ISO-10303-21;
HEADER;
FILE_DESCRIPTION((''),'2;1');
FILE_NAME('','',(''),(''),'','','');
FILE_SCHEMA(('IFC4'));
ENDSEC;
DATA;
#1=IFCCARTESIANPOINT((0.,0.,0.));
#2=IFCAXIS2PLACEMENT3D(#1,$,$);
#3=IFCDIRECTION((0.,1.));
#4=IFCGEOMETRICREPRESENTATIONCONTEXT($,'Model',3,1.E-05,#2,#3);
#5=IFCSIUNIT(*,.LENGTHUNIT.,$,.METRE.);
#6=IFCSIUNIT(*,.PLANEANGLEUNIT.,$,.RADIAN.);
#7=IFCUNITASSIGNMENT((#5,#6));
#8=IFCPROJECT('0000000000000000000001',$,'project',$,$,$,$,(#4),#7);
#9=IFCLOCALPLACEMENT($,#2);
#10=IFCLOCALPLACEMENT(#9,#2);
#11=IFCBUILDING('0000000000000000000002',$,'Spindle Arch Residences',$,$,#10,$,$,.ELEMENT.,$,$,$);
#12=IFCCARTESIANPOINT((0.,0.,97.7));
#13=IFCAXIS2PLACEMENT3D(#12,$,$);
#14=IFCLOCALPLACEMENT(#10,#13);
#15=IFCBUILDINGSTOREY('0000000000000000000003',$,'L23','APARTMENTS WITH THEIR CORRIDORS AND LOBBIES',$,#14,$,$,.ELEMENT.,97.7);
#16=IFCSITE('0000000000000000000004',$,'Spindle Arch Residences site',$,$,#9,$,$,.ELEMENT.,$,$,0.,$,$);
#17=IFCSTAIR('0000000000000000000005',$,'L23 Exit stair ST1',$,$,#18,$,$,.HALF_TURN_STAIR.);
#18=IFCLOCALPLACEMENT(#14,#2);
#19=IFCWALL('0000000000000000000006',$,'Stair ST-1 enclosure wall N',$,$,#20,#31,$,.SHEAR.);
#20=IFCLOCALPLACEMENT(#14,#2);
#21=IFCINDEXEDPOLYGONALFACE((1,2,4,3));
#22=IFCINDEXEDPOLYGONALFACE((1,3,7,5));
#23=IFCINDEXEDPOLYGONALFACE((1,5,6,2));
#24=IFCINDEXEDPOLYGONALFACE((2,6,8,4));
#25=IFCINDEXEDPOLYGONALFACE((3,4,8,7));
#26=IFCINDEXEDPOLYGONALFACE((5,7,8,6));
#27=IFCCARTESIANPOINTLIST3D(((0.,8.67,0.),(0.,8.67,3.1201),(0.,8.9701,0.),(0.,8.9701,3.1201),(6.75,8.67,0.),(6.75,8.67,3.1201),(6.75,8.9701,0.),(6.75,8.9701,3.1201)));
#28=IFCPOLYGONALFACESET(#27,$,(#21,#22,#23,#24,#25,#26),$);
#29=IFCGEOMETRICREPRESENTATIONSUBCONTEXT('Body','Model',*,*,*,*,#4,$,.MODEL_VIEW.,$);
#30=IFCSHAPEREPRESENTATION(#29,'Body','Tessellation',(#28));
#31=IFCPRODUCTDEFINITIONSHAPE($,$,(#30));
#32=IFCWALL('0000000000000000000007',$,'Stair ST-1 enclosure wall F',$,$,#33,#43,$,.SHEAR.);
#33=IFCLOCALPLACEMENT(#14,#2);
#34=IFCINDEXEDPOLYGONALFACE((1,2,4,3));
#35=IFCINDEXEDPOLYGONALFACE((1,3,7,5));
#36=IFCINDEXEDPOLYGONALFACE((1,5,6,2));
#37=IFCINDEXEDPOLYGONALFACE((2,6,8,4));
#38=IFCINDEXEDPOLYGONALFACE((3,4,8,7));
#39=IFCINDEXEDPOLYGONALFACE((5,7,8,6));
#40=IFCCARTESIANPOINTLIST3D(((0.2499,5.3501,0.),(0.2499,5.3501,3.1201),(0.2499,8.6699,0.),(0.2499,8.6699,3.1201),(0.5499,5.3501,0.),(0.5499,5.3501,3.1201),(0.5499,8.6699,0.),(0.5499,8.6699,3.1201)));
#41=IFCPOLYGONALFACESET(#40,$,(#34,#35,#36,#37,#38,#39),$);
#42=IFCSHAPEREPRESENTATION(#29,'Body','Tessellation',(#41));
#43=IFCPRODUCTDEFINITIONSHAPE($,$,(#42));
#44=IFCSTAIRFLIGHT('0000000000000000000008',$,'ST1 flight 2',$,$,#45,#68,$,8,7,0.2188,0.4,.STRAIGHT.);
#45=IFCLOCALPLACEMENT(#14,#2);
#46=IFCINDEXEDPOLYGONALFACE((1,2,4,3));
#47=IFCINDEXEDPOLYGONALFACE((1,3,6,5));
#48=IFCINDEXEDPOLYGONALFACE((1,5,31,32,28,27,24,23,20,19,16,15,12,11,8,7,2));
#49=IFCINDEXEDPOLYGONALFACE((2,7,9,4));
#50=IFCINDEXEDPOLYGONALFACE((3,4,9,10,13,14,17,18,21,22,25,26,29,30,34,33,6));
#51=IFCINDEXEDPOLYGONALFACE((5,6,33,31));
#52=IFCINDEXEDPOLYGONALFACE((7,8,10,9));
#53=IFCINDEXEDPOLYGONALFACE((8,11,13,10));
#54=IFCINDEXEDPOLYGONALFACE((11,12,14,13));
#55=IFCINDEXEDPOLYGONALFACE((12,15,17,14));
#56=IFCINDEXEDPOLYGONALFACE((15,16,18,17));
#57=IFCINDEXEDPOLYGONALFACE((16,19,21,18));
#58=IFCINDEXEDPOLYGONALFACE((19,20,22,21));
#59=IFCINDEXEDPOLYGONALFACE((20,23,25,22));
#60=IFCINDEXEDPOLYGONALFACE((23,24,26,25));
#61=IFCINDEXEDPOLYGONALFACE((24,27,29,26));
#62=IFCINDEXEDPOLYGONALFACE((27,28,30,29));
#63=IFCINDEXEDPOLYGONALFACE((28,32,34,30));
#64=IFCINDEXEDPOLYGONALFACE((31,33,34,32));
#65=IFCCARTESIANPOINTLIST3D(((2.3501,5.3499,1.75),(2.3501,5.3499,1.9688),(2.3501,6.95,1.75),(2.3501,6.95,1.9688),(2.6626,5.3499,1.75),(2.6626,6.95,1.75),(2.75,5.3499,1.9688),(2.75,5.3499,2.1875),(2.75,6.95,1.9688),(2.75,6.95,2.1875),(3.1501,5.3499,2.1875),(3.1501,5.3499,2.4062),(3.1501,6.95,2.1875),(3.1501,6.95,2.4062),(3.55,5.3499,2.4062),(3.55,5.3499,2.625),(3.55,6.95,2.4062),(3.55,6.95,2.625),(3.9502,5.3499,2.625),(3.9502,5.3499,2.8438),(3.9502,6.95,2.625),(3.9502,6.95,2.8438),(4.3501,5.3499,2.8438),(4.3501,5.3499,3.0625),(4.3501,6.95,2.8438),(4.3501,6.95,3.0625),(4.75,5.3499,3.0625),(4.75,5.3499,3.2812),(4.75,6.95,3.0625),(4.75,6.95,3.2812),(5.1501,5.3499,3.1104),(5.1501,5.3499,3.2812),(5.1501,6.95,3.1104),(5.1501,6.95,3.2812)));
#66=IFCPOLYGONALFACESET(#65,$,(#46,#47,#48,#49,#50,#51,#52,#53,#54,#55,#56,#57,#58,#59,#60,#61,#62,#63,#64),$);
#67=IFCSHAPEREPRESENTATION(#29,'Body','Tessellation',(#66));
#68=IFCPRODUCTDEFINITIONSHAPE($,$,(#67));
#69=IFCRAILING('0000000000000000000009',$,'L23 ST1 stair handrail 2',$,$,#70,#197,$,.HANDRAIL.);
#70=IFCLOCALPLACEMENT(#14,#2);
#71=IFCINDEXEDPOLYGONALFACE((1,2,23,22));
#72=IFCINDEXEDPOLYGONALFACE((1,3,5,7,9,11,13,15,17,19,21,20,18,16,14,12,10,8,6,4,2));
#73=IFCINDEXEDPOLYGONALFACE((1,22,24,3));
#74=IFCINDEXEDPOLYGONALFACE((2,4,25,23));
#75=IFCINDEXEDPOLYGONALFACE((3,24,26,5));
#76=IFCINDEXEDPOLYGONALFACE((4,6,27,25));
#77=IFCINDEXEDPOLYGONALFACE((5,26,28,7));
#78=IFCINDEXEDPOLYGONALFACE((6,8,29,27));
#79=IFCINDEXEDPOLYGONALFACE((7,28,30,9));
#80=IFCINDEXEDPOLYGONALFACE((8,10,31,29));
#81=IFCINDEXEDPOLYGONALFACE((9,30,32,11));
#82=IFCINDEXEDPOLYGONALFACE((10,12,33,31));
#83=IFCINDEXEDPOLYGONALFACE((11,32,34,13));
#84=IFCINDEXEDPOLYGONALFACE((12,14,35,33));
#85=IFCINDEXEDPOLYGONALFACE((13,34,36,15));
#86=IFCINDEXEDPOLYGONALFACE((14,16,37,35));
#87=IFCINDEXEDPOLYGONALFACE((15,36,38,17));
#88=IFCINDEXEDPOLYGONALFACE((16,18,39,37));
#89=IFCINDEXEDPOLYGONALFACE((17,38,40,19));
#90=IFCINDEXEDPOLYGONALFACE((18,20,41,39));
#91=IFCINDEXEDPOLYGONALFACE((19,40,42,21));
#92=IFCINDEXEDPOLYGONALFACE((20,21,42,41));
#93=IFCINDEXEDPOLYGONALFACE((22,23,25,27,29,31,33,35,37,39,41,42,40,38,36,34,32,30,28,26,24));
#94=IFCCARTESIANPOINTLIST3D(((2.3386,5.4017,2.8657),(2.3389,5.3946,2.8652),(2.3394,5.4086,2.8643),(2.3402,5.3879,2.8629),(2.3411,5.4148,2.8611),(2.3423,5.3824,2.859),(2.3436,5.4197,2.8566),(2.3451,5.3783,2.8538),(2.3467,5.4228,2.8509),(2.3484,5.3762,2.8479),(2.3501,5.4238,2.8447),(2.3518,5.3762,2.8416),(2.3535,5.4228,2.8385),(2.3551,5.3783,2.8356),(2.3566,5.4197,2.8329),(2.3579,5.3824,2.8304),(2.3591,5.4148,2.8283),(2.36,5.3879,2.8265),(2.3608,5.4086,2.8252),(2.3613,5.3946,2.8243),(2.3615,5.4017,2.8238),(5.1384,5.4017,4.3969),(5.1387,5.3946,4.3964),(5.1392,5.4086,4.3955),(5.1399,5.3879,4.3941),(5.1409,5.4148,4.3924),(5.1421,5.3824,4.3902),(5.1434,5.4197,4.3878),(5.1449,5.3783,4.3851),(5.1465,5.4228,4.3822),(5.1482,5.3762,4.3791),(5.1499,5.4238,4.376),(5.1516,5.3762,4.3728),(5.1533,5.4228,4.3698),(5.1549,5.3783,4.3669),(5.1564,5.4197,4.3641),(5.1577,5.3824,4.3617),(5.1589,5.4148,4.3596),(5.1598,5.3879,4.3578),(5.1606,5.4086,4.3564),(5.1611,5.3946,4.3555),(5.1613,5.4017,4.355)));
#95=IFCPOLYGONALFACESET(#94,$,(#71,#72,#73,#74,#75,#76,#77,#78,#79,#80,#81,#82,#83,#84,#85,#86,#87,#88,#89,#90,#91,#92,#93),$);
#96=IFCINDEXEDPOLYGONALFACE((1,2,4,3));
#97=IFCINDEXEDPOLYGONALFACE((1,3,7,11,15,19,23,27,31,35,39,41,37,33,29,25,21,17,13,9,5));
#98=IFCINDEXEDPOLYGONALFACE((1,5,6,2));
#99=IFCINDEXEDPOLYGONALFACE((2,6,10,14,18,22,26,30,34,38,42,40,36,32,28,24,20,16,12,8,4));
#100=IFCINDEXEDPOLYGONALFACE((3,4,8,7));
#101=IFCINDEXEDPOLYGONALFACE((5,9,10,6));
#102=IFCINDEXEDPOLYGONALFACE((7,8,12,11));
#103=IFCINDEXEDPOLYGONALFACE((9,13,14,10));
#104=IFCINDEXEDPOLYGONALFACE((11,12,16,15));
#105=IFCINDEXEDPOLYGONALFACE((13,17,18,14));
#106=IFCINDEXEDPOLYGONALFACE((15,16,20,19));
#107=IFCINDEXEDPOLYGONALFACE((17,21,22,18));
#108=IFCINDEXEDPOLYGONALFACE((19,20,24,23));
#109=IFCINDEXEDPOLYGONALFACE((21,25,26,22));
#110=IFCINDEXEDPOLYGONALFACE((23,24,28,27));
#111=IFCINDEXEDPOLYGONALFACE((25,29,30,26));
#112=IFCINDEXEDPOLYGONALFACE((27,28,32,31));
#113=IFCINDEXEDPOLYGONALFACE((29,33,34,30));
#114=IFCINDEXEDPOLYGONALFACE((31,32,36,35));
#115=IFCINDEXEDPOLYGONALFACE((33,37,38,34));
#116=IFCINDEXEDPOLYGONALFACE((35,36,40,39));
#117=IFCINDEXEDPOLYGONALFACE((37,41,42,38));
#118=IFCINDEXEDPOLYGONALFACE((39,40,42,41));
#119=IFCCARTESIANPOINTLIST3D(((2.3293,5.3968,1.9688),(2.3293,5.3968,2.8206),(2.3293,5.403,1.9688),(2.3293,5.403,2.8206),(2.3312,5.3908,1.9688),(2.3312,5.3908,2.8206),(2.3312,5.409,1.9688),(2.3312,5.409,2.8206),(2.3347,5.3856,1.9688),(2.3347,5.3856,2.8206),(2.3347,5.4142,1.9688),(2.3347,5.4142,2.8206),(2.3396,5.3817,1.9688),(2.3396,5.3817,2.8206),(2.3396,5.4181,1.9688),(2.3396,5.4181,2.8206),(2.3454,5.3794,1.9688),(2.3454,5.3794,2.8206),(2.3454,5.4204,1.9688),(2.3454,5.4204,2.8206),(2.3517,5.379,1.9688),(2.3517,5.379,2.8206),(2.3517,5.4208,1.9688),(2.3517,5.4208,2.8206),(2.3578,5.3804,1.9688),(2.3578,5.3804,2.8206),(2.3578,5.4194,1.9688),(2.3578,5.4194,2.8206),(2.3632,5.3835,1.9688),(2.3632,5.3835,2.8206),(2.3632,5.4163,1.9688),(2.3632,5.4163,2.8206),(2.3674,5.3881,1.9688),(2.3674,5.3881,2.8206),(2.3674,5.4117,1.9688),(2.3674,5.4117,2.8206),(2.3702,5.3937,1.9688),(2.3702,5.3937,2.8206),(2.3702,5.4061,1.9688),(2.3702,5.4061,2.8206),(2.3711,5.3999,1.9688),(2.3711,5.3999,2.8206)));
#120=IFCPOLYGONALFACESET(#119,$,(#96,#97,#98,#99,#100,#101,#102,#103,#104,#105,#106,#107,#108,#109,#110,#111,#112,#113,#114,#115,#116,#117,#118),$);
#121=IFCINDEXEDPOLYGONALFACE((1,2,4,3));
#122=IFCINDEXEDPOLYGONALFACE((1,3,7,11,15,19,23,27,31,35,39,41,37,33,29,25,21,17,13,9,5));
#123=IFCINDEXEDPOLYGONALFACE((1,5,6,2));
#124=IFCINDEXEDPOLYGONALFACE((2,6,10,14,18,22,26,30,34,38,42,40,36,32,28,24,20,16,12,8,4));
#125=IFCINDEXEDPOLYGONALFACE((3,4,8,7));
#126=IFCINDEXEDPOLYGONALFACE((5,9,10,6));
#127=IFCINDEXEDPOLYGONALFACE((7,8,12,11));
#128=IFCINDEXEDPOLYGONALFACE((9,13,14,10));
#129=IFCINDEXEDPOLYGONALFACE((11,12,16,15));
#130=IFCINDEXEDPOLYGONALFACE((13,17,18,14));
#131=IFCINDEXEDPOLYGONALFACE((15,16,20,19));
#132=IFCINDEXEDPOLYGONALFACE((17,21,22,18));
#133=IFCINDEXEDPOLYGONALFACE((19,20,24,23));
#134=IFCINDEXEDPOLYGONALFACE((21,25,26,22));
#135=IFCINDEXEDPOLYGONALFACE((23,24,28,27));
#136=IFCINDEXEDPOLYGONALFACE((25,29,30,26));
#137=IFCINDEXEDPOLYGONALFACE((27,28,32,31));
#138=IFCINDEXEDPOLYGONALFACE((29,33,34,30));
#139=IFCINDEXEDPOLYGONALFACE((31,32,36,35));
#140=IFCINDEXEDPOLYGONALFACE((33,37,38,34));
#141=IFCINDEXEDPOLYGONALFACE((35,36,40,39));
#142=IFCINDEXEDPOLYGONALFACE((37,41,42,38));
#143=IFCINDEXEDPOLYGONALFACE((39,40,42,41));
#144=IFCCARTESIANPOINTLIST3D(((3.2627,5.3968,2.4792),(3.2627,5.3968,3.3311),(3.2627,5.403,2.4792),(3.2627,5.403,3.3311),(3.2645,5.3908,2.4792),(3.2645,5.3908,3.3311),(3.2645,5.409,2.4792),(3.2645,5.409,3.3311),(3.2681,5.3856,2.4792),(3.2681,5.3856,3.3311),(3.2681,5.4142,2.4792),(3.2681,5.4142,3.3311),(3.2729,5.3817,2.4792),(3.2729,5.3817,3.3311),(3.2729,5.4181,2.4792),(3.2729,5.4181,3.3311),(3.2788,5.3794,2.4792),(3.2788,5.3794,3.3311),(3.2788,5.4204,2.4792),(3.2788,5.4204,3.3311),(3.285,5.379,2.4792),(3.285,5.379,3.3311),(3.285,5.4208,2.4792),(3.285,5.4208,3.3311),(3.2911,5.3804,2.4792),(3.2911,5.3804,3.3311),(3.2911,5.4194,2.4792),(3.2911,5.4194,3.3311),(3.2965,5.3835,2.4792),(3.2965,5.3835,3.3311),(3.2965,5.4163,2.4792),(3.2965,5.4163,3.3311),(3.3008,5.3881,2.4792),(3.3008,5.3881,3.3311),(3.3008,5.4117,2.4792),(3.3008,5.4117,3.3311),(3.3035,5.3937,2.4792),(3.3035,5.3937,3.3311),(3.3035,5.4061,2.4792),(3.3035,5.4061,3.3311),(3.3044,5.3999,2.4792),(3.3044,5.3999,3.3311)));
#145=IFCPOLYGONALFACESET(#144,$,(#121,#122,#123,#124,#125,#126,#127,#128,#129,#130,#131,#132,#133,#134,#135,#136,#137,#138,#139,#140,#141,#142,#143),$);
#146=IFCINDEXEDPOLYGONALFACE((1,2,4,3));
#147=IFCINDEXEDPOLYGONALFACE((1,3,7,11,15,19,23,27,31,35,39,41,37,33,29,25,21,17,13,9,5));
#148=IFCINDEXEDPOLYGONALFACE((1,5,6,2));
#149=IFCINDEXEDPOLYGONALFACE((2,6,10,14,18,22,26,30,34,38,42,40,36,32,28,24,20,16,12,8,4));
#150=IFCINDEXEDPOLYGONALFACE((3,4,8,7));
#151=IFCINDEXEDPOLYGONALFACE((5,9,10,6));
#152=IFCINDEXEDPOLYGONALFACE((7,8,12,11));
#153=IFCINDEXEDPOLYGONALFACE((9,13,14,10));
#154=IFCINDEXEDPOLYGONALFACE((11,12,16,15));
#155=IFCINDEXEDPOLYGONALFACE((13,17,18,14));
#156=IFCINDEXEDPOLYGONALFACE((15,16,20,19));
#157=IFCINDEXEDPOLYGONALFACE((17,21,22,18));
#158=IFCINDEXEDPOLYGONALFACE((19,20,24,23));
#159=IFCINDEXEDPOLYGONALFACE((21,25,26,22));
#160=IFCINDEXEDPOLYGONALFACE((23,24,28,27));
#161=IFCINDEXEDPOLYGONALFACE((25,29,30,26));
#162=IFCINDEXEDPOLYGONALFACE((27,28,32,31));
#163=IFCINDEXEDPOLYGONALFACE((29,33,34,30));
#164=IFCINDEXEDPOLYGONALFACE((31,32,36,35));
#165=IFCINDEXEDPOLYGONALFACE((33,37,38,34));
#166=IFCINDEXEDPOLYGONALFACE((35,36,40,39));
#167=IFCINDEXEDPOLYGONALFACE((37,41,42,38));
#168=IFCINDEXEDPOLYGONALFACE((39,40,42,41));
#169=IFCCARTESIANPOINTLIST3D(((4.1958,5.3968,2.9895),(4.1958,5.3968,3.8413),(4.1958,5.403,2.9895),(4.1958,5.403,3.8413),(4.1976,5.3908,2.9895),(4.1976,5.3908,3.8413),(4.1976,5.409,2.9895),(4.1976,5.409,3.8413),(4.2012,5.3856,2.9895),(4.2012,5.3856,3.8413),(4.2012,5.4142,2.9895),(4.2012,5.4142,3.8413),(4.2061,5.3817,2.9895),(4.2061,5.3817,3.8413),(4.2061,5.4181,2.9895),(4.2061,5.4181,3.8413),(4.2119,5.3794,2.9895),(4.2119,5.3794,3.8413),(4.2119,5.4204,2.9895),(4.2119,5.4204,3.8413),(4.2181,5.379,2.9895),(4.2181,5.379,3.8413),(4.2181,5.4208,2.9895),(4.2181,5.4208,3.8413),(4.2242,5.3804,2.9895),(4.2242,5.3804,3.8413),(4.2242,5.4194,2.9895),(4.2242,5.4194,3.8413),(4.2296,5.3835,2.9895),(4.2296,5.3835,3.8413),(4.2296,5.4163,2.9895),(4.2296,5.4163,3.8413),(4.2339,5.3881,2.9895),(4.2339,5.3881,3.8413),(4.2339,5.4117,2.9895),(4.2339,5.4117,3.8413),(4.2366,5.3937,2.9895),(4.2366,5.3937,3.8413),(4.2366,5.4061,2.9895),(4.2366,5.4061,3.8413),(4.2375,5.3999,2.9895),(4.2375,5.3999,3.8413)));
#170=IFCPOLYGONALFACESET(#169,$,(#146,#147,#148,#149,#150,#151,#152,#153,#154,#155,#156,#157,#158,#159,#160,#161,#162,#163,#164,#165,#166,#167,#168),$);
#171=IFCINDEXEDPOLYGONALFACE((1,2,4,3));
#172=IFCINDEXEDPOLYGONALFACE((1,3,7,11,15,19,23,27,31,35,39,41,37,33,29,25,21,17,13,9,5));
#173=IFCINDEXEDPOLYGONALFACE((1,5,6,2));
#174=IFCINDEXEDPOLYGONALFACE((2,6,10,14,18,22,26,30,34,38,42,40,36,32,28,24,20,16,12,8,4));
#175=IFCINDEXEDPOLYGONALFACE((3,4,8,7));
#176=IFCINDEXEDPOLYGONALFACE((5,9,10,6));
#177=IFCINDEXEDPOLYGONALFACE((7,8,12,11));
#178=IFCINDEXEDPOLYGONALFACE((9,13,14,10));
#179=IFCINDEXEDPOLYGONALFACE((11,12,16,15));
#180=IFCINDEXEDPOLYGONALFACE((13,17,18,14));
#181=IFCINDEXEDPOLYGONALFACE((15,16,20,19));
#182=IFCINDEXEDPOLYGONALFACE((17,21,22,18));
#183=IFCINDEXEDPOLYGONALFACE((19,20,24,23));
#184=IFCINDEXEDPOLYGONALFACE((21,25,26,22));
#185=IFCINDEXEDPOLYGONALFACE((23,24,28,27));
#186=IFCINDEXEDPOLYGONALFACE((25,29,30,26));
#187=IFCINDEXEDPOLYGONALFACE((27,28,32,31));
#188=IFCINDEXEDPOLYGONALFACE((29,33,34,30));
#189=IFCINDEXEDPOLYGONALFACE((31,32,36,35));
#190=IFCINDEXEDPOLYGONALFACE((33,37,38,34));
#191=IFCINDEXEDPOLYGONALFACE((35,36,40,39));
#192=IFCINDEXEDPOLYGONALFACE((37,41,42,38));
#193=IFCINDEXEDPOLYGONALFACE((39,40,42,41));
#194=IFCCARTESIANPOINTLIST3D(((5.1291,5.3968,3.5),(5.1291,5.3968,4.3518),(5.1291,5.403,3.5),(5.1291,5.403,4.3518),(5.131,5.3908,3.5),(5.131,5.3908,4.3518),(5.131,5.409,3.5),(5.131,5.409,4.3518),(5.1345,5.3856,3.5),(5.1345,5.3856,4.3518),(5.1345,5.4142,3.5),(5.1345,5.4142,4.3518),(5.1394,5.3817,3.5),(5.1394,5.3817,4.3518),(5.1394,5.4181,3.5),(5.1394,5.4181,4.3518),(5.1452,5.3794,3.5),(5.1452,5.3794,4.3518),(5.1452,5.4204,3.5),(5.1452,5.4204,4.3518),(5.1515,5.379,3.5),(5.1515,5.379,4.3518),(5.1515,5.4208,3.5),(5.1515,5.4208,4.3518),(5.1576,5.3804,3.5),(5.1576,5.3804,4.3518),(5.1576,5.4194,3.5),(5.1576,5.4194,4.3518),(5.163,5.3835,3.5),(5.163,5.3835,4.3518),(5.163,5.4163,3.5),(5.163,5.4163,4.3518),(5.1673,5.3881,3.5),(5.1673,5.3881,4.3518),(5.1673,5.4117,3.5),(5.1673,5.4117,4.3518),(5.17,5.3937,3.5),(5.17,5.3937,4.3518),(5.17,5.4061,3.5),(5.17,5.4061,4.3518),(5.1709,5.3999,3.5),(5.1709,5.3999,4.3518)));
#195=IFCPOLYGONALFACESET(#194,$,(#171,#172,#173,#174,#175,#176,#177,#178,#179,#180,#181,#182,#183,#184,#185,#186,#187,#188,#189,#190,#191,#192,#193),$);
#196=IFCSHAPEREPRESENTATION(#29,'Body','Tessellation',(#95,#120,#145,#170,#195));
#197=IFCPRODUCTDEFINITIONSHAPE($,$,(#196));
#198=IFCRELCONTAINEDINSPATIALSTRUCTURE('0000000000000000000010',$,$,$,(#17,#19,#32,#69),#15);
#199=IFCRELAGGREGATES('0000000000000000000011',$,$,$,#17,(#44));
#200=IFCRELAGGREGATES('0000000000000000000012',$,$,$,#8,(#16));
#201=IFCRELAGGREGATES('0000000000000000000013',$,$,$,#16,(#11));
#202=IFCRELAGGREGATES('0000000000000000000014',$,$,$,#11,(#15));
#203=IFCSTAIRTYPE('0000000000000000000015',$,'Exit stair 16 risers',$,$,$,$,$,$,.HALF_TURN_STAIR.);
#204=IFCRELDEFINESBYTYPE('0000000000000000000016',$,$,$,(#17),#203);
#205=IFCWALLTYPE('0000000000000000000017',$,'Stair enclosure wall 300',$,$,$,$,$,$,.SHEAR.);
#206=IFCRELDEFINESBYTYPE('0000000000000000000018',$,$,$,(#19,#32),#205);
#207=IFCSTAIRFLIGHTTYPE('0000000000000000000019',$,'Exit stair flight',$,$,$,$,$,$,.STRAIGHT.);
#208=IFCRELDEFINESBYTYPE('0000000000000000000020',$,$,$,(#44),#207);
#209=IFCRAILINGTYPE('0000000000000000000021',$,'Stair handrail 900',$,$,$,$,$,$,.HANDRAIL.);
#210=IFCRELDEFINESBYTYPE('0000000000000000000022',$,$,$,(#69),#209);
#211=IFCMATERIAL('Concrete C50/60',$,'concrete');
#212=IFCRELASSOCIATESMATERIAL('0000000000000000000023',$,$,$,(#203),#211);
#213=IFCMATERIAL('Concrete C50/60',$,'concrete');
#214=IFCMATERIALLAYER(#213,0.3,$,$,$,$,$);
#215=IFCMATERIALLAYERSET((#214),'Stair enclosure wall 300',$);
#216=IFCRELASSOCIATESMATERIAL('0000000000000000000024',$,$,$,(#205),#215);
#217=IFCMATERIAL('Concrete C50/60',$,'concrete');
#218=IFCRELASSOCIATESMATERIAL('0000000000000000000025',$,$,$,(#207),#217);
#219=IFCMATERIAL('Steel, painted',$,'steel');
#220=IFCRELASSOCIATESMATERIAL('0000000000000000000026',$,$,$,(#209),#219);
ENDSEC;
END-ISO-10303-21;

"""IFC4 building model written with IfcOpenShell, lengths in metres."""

from ifc_helpers import new_model, si_unit, direction, frame, frame_2d, origin, origin_2d, place, context, subcontext, project, spatial, polyline, rectangle, circle, outline, extrude, material, layer, layer_set, type_object, element, aggregate, save


model = new_model("IFC4")

# Units and contexts
model_context = context("Model", 3, precision=1e-05, world=origin(), true_north=direction((0.0, 1.0)))
body_context = subcontext(model_context, "Body", "Model", "MODEL_VIEW")
ifc_project = project(units=[si_unit("LENGTHUNIT", "METRE"), si_unit("PLANEANGLEUNIT", "RADIAN")], contexts=[model_context])

# Site, building, storey
site_placement = place(None, origin())
site = spatial("IfcSite", under=ifc_project, at=site_placement, Name="Spindle Arch Residences site", CompositionType="ELEMENT", RefElevation=0.0)
building_placement = place(site_placement, origin())
building = spatial("IfcBuilding", under=site, at=building_placement, Name="Spindle Arch Residences", CompositionType="ELEMENT")
storey_placement = place(building_placement, frame((0.0, 0.0, 97.7)))
storey = spatial("IfcBuildingStorey", under=building, at=storey_placement, Name="L23", Description="APARTMENTS WITH THEIR CORRIDORS AND LOBBIES", CompositionType="ELEMENT", Elevation=97.7)

# Stair
ifc_material_1 = material(Name="Concrete C50/60", Category="concrete")
stair_type = type_object("IfcStairType", Name="Exit stair 16 risers", PredefinedType="HALF_TURN_STAIR", material=ifc_material_1)
stair_1_placement = place(storey_placement, origin())
stair_1 = element("IfcStair", 1, at=stair_1_placement, inside=storey, type_object=stair_type, Name="L23 Exit stair ST1", PredefinedType="HALF_TURN_STAIR")

# Walls
ifc_material_2 = material(Name="Concrete C50/60", Category="concrete")
ifc_layer_1 = layer(ifc_material_2, 0.3)
ifc_layer_set_1 = layer_set([ifc_layer_1], Name="Stair enclosure wall 300")
wall_type_1 = type_object("IfcWallType", Name="Stair enclosure wall 300", PredefinedType="SHEAR", material=ifc_layer_set_1)
for number, where, z_axis, x_axis, name in (
    (2, (0.0, 8.8201, 0.0), (0.0, 0.0, 1.0), (1.0, 0.0, 0.0), "Stair ST-1 enclosure wall N"),
):
    element("IfcWall", number, at=place(storey_placement, frame(where, z_axis=z_axis, x_axis=x_axis)), inside=storey, type_object=wall_type_1, Name=name, PredefinedType="SHEAR", context=body_context, shape_type="SweptSolid", body=[
        extrude(rectangle(XDim=6.75, YDim=0.3, at=frame_2d((3.375, 0.0))), origin(), (0.0, 0.0, 1.0), 3.1201),
    ])
wall_1_placement = place(storey_placement, frame((0.3999, 5.3501, 0.0), z_axis=(0.0, 0.0, 1.0), x_axis=(0.0, 1.0, 0.0)))
element("IfcWall", 3, at=wall_1_placement, inside=storey, type_object=wall_type_1, Name="Stair ST-1 enclosure wall F", PredefinedType="SHEAR", context=body_context, shape_type="SweptSolid", body=[
    extrude(rectangle(XDim=3.3198, YDim=0.3, at=frame_2d((1.6599, 0.0))), origin(), (0.0, 0.0, 1.0), 3.1201),
])

# Stair flight
ifc_material_3 = material(Name="Concrete C50/60", Category="concrete")
stair_flight_type = type_object("IfcStairFlightType", Name="Exit stair flight", PredefinedType="STRAIGHT", material=ifc_material_3)
stair_flight_placement = place(storey_placement, frame((2.3501, 6.1499, 1.75), z_axis=(0.0, 0.0, 1.0), x_axis=(1.0, 0.0, 0.0)))
stair_flight = element("IfcStairFlight", 4, at=stair_flight_placement, type_object=stair_flight_type, Name="ST1 flight 2", NumberOfRisers=8, NumberOfTreads=7, PredefinedType="STRAIGHT", RiserHeight=0.2188, TreadLength=0.4, context=body_context, shape_type="SweptSolid", body=[
    extrude(outline(polyline([(0.0, 0.0), (0.0, 0.2188), (0.3999, 0.2188), (0.3999, 0.4375), (0.8, 0.4375), (0.8, 0.6562), (1.2, 0.6562), (1.2, 0.875), (1.6001, 0.875), (1.6001, 1.0938), (2.0, 1.0938), (2.0, 1.3125), (2.3999, 1.3125), (2.3999, 1.5312), (2.8, 1.5312), (2.8, 1.75), (2.8, 1.3604), (0.3125, 0.0), (0.0, 0.0)])), frame((0.0, 0.8, 0.0), z_axis=(0.0, -1.0, 0.0), x_axis=(1.0, 0.0, 0.0)), (0.0, 0.0, 1.0), 1.6001),
])
aggregate(stair_1, [stair_flight])

# Railing
ifc_material_4 = material(Name="Steel, painted", Category="steel")
railing_type_1 = type_object("IfcRailingType", Name="Stair handrail 900", PredefinedType="HANDRAIL", material=ifc_material_4)
railing_1_placement = place(storey_placement, frame((2.3501, 5.3999, 1.9688)))
element("IfcRailing", 5, at=railing_1_placement, inside=storey, type_object=railing_type_1, Name="L23 ST1 stair handrail 2", PredefinedType="HANDRAIL", context=body_context, shape_type="SweptSolid", body=[
    extrude(circle(Radius=0.0239, at=origin_2d()), frame((0.0, 0.0, 0.876), z_axis=(0.877357, 0.0, 0.479838), x_axis=(0.0, 1.0, 0.0)), (0.0, 0.0, 1.0), 3.1912),
    extrude(circle(Radius=0.021, at=origin_2d()), origin(), (0.0, 0.0, 1.0), 0.8518),
    extrude(circle(Radius=0.021, at=origin_2d()), frame((0.9333, 0.0, 0.5105)), (0.0, 0.0, 1.0), 0.8518),
    extrude(circle(Radius=0.021, at=origin_2d()), frame((1.8665, 0.0, 1.0208)), (0.0, 0.0, 1.0), 0.8518),
    extrude(circle(Radius=0.021, at=origin_2d()), frame((2.7998, 0.0, 1.5312)), (0.0, 0.0, 1.0), 0.8518),
])

save(model, "model.ifc")
